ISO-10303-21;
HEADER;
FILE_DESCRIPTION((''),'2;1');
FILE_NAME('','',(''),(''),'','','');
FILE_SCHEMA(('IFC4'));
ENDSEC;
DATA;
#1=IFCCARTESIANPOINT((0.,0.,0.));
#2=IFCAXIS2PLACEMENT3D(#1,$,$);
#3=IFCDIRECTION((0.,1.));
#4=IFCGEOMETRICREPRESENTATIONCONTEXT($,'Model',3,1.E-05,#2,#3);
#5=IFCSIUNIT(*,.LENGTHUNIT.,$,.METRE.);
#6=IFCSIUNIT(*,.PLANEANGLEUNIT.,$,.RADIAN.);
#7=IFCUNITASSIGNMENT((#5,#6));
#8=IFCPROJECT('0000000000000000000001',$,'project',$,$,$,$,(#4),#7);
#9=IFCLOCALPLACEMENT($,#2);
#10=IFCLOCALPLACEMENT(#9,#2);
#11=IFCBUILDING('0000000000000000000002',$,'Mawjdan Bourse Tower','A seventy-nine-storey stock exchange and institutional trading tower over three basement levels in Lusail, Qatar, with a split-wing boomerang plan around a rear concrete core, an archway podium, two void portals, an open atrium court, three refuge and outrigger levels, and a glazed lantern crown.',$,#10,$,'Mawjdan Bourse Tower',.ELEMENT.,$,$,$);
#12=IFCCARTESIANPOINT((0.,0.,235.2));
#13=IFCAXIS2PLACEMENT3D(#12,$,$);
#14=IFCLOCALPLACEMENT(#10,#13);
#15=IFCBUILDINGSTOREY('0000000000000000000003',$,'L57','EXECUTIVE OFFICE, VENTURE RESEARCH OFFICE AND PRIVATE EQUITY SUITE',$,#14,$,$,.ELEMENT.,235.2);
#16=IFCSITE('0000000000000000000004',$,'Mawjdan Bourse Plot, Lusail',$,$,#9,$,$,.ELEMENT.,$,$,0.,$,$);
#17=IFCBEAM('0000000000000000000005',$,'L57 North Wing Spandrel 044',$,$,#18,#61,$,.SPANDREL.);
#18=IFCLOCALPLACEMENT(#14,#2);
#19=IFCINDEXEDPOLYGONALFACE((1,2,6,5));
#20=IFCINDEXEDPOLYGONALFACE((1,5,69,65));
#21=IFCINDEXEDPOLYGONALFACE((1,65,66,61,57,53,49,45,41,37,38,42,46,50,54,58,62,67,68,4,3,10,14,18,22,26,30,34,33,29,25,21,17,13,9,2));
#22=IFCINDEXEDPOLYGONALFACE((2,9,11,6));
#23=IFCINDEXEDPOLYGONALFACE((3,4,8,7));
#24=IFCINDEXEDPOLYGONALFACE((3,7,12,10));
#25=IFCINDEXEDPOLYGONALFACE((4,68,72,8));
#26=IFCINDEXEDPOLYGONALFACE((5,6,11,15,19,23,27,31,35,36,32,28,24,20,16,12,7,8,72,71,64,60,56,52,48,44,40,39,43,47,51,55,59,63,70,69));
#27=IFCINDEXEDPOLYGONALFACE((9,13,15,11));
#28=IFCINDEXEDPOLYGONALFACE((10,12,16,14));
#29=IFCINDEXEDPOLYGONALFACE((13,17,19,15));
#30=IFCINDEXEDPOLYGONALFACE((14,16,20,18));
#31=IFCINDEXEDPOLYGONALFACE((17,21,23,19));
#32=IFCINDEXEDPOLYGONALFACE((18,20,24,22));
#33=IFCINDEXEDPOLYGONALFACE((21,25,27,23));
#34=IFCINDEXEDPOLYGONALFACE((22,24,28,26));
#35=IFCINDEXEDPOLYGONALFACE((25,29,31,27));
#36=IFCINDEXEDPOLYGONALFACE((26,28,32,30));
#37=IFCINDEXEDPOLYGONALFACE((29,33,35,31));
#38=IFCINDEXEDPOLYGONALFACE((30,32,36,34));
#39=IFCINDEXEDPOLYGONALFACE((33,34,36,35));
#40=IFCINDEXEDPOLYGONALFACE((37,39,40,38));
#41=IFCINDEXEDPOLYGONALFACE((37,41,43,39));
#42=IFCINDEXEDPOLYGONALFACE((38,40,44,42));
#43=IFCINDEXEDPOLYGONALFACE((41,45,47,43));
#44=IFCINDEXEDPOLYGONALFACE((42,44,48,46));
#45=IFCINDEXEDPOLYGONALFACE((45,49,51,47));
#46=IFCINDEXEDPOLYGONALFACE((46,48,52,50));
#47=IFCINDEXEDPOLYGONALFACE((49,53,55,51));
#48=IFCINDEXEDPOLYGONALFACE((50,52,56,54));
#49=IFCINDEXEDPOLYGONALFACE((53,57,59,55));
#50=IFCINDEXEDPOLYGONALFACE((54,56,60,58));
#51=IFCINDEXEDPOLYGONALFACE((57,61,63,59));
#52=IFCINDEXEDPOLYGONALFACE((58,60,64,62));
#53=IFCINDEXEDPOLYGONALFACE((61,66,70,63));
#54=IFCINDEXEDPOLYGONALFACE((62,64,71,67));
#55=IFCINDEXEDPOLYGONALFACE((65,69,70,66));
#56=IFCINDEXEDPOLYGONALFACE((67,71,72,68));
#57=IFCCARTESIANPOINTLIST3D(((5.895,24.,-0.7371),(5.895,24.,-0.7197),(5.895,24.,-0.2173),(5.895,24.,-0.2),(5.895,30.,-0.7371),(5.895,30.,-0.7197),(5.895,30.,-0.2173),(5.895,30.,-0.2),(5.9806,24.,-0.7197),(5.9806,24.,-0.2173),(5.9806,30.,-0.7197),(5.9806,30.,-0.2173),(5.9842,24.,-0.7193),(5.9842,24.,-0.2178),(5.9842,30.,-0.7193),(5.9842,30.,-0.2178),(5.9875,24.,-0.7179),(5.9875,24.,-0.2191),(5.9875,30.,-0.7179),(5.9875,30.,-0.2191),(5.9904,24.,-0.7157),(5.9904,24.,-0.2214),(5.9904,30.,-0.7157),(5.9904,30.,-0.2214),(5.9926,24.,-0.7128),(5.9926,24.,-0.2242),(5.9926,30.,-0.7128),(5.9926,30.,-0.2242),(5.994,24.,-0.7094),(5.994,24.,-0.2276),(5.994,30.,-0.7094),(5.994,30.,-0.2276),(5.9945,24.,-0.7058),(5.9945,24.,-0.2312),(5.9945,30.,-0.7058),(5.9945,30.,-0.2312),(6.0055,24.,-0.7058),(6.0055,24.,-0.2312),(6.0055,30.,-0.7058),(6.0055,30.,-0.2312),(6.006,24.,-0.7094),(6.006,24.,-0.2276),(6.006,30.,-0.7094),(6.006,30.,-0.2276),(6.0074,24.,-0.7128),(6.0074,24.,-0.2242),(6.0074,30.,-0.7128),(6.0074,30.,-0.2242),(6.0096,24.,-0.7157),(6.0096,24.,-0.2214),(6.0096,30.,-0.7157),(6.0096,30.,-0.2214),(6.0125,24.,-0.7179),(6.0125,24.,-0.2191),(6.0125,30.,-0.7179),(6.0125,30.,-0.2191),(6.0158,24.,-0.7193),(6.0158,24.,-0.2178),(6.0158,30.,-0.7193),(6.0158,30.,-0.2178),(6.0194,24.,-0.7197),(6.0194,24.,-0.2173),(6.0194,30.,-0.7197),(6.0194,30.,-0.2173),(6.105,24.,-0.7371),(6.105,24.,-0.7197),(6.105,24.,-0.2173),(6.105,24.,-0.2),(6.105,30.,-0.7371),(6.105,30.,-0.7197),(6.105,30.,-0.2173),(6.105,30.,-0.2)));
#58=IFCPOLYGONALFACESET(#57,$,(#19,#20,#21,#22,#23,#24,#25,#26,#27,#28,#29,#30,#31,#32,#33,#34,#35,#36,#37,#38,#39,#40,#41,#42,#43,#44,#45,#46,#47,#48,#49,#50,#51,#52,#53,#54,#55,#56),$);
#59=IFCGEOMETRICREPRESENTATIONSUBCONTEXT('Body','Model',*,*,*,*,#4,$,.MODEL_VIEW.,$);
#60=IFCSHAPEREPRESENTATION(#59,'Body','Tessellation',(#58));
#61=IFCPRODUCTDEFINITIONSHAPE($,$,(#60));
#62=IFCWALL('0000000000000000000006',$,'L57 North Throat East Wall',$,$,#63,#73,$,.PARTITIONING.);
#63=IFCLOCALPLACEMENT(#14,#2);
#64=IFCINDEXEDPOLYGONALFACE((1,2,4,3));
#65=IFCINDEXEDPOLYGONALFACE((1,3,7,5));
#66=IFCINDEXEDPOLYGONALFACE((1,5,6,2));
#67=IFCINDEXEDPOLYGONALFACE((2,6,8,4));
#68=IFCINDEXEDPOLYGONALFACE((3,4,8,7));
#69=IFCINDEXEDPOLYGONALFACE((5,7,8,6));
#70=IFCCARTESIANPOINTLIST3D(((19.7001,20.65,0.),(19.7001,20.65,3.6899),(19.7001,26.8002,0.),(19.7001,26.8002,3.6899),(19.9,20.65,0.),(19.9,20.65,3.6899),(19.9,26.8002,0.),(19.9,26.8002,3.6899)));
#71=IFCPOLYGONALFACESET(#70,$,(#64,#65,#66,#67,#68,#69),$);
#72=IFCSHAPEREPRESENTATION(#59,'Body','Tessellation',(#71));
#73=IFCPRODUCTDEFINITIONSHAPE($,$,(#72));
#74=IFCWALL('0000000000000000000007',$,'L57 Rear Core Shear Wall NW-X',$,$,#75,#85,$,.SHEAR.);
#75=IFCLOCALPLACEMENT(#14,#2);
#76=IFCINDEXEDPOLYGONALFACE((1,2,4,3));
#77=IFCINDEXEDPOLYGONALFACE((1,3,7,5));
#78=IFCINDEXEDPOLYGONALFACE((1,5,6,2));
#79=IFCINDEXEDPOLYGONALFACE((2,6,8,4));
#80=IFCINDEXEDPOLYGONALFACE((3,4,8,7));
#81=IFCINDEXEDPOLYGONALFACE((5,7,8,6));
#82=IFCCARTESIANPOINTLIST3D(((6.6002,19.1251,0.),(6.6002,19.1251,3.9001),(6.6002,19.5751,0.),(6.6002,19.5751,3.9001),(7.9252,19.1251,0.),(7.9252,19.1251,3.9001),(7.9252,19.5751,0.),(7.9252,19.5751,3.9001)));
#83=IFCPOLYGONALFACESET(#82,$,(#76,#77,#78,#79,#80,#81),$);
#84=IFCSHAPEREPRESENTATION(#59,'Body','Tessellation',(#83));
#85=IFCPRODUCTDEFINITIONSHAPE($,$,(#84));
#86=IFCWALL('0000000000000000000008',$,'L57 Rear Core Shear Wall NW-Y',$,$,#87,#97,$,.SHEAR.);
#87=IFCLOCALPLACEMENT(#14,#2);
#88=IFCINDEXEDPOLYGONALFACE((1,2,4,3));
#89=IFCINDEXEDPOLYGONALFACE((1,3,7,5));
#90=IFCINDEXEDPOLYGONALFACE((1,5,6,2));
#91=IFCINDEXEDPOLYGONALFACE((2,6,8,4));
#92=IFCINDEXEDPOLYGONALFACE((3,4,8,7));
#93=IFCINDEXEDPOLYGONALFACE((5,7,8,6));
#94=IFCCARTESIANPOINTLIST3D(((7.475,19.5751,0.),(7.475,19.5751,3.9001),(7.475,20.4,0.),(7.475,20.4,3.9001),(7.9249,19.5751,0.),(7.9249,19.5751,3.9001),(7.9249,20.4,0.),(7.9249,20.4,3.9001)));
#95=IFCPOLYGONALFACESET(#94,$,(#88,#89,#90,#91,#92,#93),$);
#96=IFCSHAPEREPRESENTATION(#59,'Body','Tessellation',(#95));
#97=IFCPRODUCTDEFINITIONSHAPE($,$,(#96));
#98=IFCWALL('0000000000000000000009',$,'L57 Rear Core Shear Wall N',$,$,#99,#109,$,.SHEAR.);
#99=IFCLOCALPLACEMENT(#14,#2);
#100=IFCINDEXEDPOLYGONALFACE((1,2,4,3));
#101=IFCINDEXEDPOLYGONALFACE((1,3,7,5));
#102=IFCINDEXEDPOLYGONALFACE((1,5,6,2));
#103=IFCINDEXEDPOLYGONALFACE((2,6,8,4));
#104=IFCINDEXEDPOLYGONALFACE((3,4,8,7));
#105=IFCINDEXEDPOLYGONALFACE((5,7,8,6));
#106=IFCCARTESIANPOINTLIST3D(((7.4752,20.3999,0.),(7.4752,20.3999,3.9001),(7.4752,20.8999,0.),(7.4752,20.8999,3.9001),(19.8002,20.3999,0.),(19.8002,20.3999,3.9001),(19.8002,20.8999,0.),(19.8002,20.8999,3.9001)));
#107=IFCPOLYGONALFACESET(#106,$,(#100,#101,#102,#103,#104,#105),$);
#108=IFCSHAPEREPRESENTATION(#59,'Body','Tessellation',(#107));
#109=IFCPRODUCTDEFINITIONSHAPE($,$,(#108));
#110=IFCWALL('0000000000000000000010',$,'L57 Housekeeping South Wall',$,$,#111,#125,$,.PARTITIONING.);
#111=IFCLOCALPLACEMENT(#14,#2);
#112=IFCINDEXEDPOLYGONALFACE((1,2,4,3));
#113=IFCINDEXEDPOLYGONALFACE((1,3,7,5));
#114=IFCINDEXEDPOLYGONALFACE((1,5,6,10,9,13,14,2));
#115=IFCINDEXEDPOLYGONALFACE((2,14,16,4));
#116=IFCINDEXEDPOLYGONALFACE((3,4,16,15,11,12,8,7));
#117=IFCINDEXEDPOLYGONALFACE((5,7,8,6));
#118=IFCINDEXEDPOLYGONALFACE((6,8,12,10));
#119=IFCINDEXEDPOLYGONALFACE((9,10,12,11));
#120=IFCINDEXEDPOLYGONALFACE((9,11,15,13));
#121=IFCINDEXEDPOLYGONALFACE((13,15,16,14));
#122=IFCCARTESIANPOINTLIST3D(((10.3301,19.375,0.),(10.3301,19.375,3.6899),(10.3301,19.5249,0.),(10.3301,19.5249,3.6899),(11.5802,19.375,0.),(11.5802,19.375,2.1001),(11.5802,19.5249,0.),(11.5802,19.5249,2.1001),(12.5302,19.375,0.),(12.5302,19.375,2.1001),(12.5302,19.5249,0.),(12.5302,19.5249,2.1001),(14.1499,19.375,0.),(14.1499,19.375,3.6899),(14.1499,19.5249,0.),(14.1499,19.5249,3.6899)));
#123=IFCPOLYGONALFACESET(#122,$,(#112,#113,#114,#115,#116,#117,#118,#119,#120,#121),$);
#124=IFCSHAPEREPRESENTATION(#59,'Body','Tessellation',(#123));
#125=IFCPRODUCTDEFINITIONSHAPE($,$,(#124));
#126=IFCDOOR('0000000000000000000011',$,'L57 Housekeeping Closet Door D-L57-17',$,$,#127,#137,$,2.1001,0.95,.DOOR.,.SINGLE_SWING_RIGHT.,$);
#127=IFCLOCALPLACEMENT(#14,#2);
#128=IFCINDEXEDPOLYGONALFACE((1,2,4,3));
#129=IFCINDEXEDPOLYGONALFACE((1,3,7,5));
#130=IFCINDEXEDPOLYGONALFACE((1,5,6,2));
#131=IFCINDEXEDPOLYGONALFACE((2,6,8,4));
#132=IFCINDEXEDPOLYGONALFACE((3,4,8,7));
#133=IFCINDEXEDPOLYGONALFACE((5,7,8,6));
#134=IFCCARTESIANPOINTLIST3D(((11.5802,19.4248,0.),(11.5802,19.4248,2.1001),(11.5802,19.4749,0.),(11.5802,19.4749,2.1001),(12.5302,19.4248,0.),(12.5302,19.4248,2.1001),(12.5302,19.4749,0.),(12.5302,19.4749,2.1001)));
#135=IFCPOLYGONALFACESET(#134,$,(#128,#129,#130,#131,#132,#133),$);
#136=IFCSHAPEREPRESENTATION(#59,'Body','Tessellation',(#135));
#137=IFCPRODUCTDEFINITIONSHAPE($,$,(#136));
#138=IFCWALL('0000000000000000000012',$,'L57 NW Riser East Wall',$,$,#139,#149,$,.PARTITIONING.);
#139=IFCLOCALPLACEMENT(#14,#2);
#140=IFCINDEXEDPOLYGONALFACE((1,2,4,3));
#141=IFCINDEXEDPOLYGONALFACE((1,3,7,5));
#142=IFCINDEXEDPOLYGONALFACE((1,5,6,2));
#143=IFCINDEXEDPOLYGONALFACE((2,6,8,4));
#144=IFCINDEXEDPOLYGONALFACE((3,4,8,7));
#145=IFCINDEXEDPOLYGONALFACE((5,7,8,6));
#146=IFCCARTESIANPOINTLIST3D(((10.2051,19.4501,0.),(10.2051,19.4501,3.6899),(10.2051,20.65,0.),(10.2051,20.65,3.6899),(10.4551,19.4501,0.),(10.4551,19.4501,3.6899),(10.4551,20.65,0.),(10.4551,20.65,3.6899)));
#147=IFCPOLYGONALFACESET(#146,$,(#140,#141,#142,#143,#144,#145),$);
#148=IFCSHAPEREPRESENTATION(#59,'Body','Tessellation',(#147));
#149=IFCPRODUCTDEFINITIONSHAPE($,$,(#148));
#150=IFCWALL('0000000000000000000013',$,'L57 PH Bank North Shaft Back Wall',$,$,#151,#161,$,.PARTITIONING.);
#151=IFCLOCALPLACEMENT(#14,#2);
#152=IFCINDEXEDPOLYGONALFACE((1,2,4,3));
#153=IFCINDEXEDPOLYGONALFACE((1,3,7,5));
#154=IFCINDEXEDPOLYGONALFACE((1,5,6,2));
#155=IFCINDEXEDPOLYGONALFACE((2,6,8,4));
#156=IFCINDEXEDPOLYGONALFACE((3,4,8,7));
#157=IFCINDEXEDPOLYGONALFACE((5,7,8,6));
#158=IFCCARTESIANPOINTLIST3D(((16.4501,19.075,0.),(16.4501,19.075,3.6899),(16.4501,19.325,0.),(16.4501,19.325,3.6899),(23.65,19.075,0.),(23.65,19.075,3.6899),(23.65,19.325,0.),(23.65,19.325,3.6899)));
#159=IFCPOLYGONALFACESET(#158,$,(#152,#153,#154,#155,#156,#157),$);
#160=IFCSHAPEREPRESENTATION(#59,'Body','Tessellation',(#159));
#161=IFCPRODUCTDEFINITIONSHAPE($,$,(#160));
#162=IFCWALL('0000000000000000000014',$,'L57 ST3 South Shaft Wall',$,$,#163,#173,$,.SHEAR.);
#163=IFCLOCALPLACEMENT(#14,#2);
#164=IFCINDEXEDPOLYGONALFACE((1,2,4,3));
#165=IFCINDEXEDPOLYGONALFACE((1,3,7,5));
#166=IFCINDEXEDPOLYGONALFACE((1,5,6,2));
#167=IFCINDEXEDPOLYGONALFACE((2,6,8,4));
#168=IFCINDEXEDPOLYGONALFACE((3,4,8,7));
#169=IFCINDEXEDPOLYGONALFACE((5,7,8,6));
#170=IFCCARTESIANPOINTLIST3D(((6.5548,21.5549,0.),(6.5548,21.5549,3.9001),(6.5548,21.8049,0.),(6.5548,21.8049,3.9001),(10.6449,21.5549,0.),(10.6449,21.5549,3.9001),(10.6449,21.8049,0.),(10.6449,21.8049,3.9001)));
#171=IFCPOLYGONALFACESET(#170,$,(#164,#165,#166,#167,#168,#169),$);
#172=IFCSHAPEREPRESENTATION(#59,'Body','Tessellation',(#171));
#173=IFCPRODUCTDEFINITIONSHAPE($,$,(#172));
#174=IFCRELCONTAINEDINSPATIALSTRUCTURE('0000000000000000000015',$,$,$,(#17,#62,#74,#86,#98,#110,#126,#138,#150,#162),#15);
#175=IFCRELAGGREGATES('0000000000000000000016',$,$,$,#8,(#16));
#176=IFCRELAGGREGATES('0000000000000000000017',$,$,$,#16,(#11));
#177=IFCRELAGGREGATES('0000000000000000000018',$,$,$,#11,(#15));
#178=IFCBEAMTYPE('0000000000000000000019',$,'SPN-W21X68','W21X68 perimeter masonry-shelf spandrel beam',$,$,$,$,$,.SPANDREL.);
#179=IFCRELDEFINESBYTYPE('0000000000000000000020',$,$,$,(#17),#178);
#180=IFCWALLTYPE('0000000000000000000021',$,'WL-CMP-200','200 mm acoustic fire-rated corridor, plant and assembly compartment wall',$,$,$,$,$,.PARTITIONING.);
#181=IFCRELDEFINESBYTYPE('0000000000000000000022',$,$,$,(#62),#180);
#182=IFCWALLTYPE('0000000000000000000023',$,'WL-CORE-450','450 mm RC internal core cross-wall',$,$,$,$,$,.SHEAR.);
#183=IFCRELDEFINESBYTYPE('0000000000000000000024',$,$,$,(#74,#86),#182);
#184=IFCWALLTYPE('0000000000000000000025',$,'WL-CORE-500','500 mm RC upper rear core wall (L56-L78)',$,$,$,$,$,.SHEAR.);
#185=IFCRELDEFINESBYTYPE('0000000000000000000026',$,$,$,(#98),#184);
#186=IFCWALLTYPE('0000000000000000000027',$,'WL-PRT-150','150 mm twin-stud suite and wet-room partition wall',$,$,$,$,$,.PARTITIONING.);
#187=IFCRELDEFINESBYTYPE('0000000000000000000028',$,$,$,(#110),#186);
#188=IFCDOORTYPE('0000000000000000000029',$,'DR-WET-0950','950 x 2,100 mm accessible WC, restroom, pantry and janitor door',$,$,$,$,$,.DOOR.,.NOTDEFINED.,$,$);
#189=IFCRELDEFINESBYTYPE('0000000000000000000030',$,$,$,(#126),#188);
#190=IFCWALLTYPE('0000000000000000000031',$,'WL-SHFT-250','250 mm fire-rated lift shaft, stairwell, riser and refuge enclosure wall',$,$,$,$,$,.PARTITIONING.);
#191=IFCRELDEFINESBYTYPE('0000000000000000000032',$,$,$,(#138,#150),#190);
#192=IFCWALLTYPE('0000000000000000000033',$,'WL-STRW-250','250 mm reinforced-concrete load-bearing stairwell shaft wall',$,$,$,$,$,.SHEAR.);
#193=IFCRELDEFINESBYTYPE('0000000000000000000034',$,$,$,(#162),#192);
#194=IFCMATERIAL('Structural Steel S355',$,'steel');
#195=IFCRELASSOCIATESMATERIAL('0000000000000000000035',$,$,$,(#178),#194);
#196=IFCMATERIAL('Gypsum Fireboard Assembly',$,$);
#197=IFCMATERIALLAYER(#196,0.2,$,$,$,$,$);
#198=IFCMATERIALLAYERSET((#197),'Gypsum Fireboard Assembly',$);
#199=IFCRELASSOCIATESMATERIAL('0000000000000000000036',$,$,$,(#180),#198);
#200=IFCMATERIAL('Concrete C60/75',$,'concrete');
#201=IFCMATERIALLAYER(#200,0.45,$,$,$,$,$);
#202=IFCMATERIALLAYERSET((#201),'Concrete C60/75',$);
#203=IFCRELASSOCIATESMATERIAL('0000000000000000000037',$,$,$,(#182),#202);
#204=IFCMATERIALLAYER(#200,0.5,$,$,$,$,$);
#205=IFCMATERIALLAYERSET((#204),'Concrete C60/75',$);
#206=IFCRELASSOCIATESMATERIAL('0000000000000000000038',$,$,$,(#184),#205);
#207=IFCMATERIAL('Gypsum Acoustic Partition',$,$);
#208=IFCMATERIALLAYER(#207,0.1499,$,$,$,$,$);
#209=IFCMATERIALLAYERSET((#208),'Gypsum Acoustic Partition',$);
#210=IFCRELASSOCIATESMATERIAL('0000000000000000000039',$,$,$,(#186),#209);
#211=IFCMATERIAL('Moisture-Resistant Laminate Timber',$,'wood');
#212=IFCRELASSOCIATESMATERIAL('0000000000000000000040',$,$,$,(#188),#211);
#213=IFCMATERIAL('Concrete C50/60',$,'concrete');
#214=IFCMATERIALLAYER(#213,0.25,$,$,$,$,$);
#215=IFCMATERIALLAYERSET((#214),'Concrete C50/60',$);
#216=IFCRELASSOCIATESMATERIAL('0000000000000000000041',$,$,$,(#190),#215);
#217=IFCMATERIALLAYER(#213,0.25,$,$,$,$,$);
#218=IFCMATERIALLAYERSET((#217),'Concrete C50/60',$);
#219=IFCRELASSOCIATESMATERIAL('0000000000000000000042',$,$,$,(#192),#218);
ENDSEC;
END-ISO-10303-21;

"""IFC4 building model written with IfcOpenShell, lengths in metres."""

from ifc_helpers import new_model, si_unit, direction, frame, frame_2d, origin, origin_2d, place, context, subcontext, project, spatial, rectangle, i_section, extrude, material, layer, layer_set, material_profile, profile_set, type_object, element, fill, save


model = new_model("IFC4")

# Units and contexts
model_context = context("Model", 3, precision=1e-05, world=origin(), true_north=direction((0.0, 1.0)))
body_context = subcontext(model_context, "Body", "Model", "MODEL_VIEW")
ifc_project = project(units=[si_unit("LENGTHUNIT", "METRE"), si_unit("PLANEANGLEUNIT", "RADIAN")], contexts=[model_context])

# Site, building, storey
site_placement = place(None, origin())
site = spatial("IfcSite", under=ifc_project, at=site_placement, Name="Mawjdan Bourse Plot, Lusail", CompositionType="ELEMENT", RefElevation=0.0)
building_placement = place(site_placement, origin())
building = spatial("IfcBuilding", under=site, at=building_placement, Name="Mawjdan Bourse Tower", Description="A seventy-nine-storey stock exchange and institutional trading tower over three basement levels in Lusail, Qatar, with a split-wing boomerang plan around a rear concrete core, an archway podium, two void portals, an open atrium court, three refuge and outrigger levels, and a glazed lantern crown.", LongName="Mawjdan Bourse Tower", CompositionType="ELEMENT")
storey_placement = place(building_placement, frame((0.0, 0.0, 235.2)))
storey = spatial("IfcBuildingStorey", under=building, at=storey_placement, Name="L57", Description="EXECUTIVE OFFICE, VENTURE RESEARCH OFFICE AND PRIVATE EQUITY SUITE", CompositionType="ELEMENT", Elevation=235.2)

# Shared definitions
ifc_material_1 = material(Name="Concrete C60/75", Category="concrete")

# Beam
ifc_material_2 = material(Name="Structural Steel S355", Category="steel")
ifc_material_profile_1 = material_profile(ifc_material_2, i_section(OverallWidth=0.21, OverallDepth=0.5371, WebThickness=0.011, FlangeThickness=0.0173, FilletRadius=0.0139, at=origin_2d()), Name="W21X68")
ifc_profile_set_1 = profile_set([ifc_material_profile_1], Name="Structural Steel S355")
beam_type_1 = type_object("IfcBeamType", Name="SPN-W21X68", Description="W21X68 perimeter masonry-shelf spandrel beam", PredefinedType="SPANDREL", material=ifc_profile_set_1)
beam_1_placement = place(storey_placement, frame((6.0, 24.0, -0.4685), z_axis=(0.0, 1.0, 0.0), x_axis=(-1.0, 0.0, 0.0)))
element("IfcBeam", 1, at=beam_1_placement, inside=storey, type_object=beam_type_1, Name="L57 North Wing Spandrel 044", PredefinedType="SPANDREL", context=body_context, shape_type="SweptSolid", body=[
    extrude(i_section(OverallWidth=0.21, OverallDepth=0.5371, WebThickness=0.011, FlangeThickness=0.0173, FilletRadius=0.0139, at=origin_2d()), origin(), (0.0, 0.0, 1.0), 6.0),
])

# Walls
ifc_material_3 = material(Name="Gypsum Fireboard Assembly")
ifc_layer_1 = layer(ifc_material_3, 0.2)
ifc_layer_set_1 = layer_set([ifc_layer_1], Name="Gypsum Fireboard Assembly")
wall_type_1 = type_object("IfcWallType", Name="WL-CMP-200", Description="200 mm acoustic fire-rated corridor, plant and assembly compartment wall", PredefinedType="PARTITIONING", material=ifc_layer_set_1)
wall_1_placement = place(storey_placement, frame((19.8, 20.6499, 0.0), z_axis=(0.0, 0.0, 1.0), x_axis=(0.0, 1.0, 0.0)))
element("IfcWall", 2, at=wall_1_placement, inside=storey, type_object=wall_type_1, Name="L57 North Throat East Wall", PredefinedType="PARTITIONING", context=body_context, shape_type="SweptSolid", body=[
    extrude(rectangle(XDim=6.1501, YDim=0.2, at=frame_2d((3.0752, 0.0))), origin(), (0.0, 0.0, 1.0), 3.6899),
])
ifc_layer_2 = layer(ifc_material_1, 0.45)
ifc_layer_set_2 = layer_set([ifc_layer_2], Name="Concrete C60/75")
wall_type_2 = type_object("IfcWallType", Name="WL-CORE-450", Description="450 mm RC internal core cross-wall", PredefinedType="SHEAR", material=ifc_layer_set_2)
wall_2_placement = place(storey_placement, frame((6.6001, 19.3501, 0.0), z_axis=(0.0, 0.0, 1.0), x_axis=(1.0, 0.0, 0.0)))
element("IfcWall", 3, at=wall_2_placement, inside=storey, type_object=wall_type_2, Name="L57 Rear Core Shear Wall NW-X", PredefinedType="SHEAR", context=body_context, shape_type="SweptSolid", body=[
    extrude(rectangle(XDim=1.325, YDim=0.45, at=frame_2d((0.6626, 0.0))), origin(), (0.0, 0.0, 1.0), 3.9001),
])
wall_3_placement = place(storey_placement, frame((7.7, 19.575, 0.0), z_axis=(0.0, 0.0, 1.0), x_axis=(0.0, 1.0, 0.0)))
element("IfcWall", 4, at=wall_3_placement, inside=storey, type_object=wall_type_2, Name="L57 Rear Core Shear Wall NW-Y", PredefinedType="SHEAR", context=body_context, shape_type="SweptSolid", body=[
    extrude(rectangle(XDim=0.825, YDim=0.45, at=frame_2d((0.4126, 0.0))), origin(), (0.0, 0.0, 1.0), 3.9001),
])
ifc_layer_3 = layer(ifc_material_1, 0.5)
ifc_layer_set_3 = layer_set([ifc_layer_3], Name="Concrete C60/75")
wall_type_3 = type_object("IfcWallType", Name="WL-CORE-500", Description="500 mm RC upper rear core wall (L56-L78)", PredefinedType="SHEAR", material=ifc_layer_set_3)
wall_4_placement = place(storey_placement, frame((7.4751, 20.6499, 0.0), z_axis=(0.0, 0.0, 1.0), x_axis=(1.0, 0.0, 0.0)))
element("IfcWall", 5, at=wall_4_placement, inside=storey, type_object=wall_type_3, Name="L57 Rear Core Shear Wall N", PredefinedType="SHEAR", context=body_context, shape_type="SweptSolid", body=[
    extrude(rectangle(XDim=12.325, YDim=0.5, at=frame_2d((6.1626, 0.0))), origin(), (0.0, 0.0, 1.0), 3.9001),
])

# Wall, opening, door
ifc_material_4 = material(Name="Gypsum Acoustic Partition")
ifc_layer_4 = layer(ifc_material_4, 0.1499)
ifc_layer_set_4 = layer_set([ifc_layer_4], Name="Gypsum Acoustic Partition")
wall_type_4 = type_object("IfcWallType", Name="WL-PRT-150", Description="150 mm twin-stud suite and wet-room partition wall", PredefinedType="PARTITIONING", material=ifc_layer_set_4)
wall_5_placement = place(storey_placement, frame((10.3301, 19.45, 0.0), z_axis=(0.0, 0.0, 1.0), x_axis=(1.0, 0.0, 0.0)))
wall_5 = element("IfcWall", 6, at=wall_5_placement, inside=storey, type_object=wall_type_4, Name="L57 Housekeeping South Wall", PredefinedType="PARTITIONING", context=body_context, shape_type="SweptSolid", body=[
    extrude(rectangle(XDim=3.8198, YDim=0.1499, at=frame_2d((1.9099, 0.0))), origin(), (0.0, 0.0, 1.0), 3.6899),
])
opening_1_placement = place(wall_5_placement, frame((1.25, 0.0, 0.0)))
opening_1 = element("IfcOpeningElement", 7, at=opening_1_placement, cuts=wall_5, PredefinedType="OPENING", context=body_context, shape_type="SweptSolid", body=[
    extrude(rectangle(XDim=0.95, YDim=2.1001, at=frame_2d((0.4751, 1.05))), frame((0.0, 0.085, 0.0), z_axis=(0.0, -1.0, 0.0), x_axis=(1.0, 0.0, 0.0)), (0.0, 0.0, 1.0), 0.1699),
])
ifc_material_5 = material(Name="Moisture-Resistant Laminate Timber", Category="wood")
door_type_1 = type_object("IfcDoorType", Name="DR-WET-0950", Description="950 x 2,100 mm accessible WC, restroom, pantry and janitor door", OperationType="NOTDEFINED", PredefinedType="DOOR", material=ifc_material_5)
door_1_placement = place(opening_1_placement, origin())
door_1 = element("IfcDoor", 8, at=door_1_placement, inside=storey, type_object=door_type_1, Name="L57 Housekeeping Closet Door D-L57-17", OperationType="SINGLE_SWING_RIGHT", OverallHeight=2.1001, OverallWidth=0.95, PredefinedType="DOOR", context=body_context, shape_type="SweptSolid", body=[
    extrude(rectangle(XDim=0.95, YDim=2.1001, at=frame_2d((0.4751, 1.05))), frame((0.0, 0.0249, 0.0), z_axis=(0.0, -1.0, 0.0), x_axis=(1.0, 0.0, 0.0)), (0.0, 0.0, 1.0), 0.05),
])
fill(opening_1, door_1)

# Walls
ifc_material_6 = material(Name="Concrete C50/60", Category="concrete")
ifc_layer_5 = layer(ifc_material_6, 0.25)
ifc_layer_set_5 = layer_set([ifc_layer_5], Name="Concrete C50/60")
wall_type_5 = type_object("IfcWallType", Name="WL-SHFT-250", Description="250 mm fire-rated lift shaft, stairwell, riser and refuge enclosure wall", PredefinedType="PARTITIONING", material=ifc_layer_set_5)
wall_6_placement = place(storey_placement, frame((10.3301, 19.45, 0.0), z_axis=(0.0, 0.0, 1.0), x_axis=(0.0, 1.0, 0.0)))
element("IfcWall", 9, at=wall_6_placement, inside=storey, type_object=wall_type_5, Name="L57 NW Riser East Wall", PredefinedType="PARTITIONING", context=body_context, shape_type="SweptSolid", body=[
    extrude(rectangle(XDim=1.2, YDim=0.25, at=frame_2d((0.6001, 0.0))), origin(), (0.0, 0.0, 1.0), 3.6899),
])
wall_7_placement = place(storey_placement, frame((16.45, 19.2, 0.0), z_axis=(0.0, 0.0, 1.0), x_axis=(1.0, 0.0, 0.0)))
element("IfcWall", 10, at=wall_7_placement, inside=storey, type_object=wall_type_5, Name="L57 PH Bank North Shaft Back Wall", PredefinedType="PARTITIONING", context=body_context, shape_type="SweptSolid", body=[
    extrude(rectangle(XDim=7.2, YDim=0.25, at=frame_2d((3.6001, 0.0))), origin(), (0.0, 0.0, 1.0), 3.6899),
])
ifc_layer_6 = layer(ifc_material_6, 0.25)
ifc_layer_set_6 = layer_set([ifc_layer_6], Name="Concrete C50/60")
wall_type_6 = type_object("IfcWallType", Name="WL-STRW-250", Description="250 mm reinforced-concrete load-bearing stairwell shaft wall", PredefinedType="SHEAR", material=ifc_layer_set_6)
wall_8_placement = place(storey_placement, frame((6.5549, 21.6799, 0.0), z_axis=(0.0, 0.0, 1.0), x_axis=(1.0, 0.0, 0.0)))
element("IfcWall", 11, at=wall_8_placement, inside=storey, type_object=wall_type_6, Name="L57 ST3 South Shaft Wall", PredefinedType="SHEAR", context=body_context, shape_type="SweptSolid", body=[
    extrude(rectangle(XDim=4.0901, YDim=0.25, at=frame_2d((2.0449, 0.0))), origin(), (0.0, 0.0, 1.0), 3.9001),
])

save(model, "model.ifc")
